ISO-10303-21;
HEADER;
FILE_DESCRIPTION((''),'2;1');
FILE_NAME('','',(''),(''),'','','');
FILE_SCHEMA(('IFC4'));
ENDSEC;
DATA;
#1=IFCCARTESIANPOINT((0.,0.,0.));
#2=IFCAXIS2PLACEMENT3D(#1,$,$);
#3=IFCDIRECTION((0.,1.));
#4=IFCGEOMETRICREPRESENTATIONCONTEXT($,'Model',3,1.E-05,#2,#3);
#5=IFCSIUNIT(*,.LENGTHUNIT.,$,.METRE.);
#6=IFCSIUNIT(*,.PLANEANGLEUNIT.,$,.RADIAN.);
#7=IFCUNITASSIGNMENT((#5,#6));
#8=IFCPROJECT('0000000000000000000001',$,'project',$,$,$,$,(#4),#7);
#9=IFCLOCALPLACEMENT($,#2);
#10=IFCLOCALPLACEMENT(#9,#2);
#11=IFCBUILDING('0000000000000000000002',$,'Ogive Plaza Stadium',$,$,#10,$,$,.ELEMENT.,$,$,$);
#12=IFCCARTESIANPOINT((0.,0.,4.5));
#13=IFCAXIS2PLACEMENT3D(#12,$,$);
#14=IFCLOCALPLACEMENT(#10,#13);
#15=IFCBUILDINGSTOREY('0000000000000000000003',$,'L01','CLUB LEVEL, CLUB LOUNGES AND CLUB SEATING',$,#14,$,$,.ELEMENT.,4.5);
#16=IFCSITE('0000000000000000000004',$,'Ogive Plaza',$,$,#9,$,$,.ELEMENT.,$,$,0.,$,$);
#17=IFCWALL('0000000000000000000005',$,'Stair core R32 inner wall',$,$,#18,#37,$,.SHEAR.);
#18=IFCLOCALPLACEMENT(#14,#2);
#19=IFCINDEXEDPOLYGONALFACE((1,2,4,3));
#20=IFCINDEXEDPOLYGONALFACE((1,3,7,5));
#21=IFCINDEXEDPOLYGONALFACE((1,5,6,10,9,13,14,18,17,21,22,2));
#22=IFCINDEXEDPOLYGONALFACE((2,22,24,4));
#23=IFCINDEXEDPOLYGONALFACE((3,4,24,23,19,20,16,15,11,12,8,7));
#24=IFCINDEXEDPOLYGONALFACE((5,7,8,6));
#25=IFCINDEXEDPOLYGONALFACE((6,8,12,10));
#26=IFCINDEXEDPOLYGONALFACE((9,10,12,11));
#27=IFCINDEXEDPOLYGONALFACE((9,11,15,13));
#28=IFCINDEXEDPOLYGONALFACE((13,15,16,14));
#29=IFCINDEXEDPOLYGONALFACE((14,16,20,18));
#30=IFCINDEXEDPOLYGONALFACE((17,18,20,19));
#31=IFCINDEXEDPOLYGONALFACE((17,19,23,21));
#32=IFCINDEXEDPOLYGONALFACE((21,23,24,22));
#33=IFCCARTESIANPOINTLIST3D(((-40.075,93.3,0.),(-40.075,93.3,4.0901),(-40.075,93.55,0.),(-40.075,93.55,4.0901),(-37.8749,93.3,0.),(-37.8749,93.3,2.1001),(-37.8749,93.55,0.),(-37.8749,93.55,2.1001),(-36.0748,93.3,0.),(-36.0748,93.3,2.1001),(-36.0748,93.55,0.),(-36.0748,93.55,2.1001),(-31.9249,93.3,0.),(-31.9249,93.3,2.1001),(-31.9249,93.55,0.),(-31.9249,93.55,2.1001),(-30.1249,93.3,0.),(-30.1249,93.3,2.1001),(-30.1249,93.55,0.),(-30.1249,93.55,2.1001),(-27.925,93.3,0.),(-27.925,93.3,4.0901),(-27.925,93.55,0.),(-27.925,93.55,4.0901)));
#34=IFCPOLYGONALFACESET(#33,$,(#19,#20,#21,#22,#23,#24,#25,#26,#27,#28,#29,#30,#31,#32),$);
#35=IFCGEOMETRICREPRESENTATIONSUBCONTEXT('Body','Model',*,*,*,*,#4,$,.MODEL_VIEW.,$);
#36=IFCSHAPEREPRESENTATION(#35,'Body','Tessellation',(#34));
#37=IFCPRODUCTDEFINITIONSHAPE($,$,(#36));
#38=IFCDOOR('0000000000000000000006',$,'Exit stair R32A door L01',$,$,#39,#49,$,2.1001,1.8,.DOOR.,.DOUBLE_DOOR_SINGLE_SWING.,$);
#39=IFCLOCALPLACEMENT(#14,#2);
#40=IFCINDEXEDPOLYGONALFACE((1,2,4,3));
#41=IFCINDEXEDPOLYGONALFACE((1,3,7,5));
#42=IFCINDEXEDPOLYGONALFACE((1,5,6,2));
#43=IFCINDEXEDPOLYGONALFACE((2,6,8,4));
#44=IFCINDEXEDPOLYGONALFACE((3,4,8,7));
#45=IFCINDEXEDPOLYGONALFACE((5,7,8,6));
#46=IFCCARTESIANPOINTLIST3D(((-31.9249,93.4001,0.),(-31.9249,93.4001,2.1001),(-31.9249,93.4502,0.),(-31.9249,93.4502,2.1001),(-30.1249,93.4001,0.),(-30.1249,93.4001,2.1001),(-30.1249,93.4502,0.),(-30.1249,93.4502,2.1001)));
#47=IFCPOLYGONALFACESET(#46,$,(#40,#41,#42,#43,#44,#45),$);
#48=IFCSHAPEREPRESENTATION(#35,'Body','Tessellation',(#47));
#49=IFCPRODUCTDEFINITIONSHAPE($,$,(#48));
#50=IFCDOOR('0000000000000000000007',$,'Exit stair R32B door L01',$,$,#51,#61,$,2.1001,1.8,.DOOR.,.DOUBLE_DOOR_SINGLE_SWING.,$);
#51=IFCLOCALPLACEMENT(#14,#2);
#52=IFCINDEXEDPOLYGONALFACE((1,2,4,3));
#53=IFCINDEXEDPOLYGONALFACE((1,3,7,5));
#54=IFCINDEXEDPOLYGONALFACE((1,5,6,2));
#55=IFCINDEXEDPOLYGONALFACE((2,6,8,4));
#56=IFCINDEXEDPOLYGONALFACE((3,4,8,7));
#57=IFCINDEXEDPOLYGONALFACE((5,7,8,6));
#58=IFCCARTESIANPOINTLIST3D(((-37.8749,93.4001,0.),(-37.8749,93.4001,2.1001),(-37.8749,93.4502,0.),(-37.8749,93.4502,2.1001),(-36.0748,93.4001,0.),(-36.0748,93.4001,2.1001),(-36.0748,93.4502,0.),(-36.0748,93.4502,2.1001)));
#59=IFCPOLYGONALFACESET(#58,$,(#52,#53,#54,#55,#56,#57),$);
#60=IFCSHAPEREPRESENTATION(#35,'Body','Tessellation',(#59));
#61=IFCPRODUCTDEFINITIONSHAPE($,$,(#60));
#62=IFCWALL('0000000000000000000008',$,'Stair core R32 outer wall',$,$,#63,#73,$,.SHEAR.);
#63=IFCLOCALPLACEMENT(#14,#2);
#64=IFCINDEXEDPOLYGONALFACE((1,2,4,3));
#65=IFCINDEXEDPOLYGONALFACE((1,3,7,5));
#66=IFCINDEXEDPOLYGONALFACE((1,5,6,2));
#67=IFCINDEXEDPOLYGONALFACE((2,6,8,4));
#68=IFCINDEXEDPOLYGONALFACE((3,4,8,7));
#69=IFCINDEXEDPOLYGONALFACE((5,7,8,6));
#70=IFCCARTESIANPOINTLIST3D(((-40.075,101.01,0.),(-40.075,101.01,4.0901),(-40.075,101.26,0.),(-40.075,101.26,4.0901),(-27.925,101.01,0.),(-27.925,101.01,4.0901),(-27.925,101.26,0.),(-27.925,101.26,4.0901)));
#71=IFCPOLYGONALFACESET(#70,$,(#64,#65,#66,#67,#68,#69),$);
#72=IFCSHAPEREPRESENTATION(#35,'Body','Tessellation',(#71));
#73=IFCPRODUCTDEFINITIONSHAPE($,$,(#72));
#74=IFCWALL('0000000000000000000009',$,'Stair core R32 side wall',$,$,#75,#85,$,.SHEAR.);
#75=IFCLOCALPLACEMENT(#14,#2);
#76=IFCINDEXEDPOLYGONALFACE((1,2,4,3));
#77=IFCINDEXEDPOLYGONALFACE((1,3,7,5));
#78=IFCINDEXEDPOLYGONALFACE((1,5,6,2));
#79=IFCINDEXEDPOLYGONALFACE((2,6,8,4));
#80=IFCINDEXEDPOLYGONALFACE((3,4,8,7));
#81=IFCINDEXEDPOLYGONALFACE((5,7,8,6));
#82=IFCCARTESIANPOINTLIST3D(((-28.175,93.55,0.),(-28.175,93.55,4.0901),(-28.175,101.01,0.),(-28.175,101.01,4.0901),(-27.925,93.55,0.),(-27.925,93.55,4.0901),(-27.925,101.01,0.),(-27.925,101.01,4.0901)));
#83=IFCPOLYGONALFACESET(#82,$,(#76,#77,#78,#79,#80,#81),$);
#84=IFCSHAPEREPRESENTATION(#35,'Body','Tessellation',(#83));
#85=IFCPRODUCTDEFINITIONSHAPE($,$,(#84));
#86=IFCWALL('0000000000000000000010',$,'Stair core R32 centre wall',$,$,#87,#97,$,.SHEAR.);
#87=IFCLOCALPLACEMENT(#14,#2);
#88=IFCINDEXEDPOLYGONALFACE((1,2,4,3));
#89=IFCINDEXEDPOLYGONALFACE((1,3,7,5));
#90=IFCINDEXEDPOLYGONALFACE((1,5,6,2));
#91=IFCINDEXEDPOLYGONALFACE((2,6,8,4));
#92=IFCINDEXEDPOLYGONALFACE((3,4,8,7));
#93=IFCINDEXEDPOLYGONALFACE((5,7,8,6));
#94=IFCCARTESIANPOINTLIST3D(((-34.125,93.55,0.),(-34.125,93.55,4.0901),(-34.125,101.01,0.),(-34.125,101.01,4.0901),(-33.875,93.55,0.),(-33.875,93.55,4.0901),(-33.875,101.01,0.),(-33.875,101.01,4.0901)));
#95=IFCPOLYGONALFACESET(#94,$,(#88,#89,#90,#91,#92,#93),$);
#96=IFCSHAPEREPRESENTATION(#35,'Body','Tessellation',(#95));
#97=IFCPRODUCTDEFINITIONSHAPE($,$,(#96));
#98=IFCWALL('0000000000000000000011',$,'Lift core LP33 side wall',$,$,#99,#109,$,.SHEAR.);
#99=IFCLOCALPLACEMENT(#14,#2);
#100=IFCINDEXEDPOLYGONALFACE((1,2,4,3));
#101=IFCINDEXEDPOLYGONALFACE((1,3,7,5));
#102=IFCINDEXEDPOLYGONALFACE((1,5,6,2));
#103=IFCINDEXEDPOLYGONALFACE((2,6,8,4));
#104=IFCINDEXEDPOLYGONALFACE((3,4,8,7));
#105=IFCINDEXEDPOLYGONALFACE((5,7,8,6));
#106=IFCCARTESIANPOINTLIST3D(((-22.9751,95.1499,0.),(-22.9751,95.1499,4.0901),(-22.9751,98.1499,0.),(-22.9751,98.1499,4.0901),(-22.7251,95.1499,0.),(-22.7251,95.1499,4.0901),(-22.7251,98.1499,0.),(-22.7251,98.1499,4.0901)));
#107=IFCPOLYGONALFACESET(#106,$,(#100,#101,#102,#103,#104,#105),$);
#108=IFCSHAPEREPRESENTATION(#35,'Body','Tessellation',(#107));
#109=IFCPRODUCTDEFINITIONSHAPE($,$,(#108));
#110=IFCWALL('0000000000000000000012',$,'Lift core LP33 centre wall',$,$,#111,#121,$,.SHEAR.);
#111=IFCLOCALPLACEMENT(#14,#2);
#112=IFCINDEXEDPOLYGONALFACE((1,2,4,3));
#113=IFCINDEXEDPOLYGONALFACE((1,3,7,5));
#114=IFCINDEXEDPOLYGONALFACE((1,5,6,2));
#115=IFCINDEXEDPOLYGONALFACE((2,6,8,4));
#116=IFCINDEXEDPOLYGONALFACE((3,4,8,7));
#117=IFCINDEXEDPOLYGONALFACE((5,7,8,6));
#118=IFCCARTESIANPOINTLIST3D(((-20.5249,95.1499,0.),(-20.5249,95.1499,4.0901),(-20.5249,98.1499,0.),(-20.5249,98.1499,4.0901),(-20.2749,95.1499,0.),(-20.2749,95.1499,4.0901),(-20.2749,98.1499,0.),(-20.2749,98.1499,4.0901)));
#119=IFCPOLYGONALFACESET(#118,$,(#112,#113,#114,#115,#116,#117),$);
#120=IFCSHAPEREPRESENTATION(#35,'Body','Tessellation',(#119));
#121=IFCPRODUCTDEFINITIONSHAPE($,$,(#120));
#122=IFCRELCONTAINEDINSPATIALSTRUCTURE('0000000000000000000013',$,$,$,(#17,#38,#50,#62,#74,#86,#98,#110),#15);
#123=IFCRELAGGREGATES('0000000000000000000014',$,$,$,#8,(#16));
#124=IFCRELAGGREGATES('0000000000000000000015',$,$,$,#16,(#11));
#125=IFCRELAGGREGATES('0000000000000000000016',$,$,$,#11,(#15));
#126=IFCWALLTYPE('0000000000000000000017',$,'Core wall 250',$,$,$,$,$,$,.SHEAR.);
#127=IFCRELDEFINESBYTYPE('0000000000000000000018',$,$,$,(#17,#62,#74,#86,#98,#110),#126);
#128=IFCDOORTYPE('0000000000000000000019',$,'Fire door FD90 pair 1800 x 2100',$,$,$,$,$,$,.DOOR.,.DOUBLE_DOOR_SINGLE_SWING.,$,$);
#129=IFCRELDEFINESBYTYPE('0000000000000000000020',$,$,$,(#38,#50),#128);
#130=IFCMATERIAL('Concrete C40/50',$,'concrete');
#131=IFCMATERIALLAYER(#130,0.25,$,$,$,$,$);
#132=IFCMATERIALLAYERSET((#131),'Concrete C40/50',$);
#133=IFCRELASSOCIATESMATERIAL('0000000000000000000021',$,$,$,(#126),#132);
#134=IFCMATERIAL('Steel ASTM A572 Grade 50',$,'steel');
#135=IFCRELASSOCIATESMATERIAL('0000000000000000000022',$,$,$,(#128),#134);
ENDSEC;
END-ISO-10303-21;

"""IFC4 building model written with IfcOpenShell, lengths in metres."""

from ifc_helpers import new_model, si_unit, direction, frame, frame_2d, origin, place, context, subcontext, project, spatial, rectangle, extrude, material, layer, layer_set, type_object, element, fill, save


model = new_model("IFC4")

# Units and contexts
model_context = context("Model", 3, precision=1e-05, world=origin(), true_north=direction((0.0, 1.0)))
body_context = subcontext(model_context, "Body", "Model", "MODEL_VIEW")
ifc_project = project(units=[si_unit("LENGTHUNIT", "METRE"), si_unit("PLANEANGLEUNIT", "RADIAN")], contexts=[model_context])

# Site, building, storey
site_placement = place(None, origin())
site = spatial("IfcSite", under=ifc_project, at=site_placement, Name="Ogive Plaza", CompositionType="ELEMENT", RefElevation=0.0)
building_placement = place(site_placement, origin())
building = spatial("IfcBuilding", under=site, at=building_placement, Name="Ogive Plaza Stadium", CompositionType="ELEMENT")
storey_placement = place(building_placement, frame((0.0, 0.0, 4.5)))
storey = spatial("IfcBuildingStorey", under=building, at=storey_placement, Name="L01", Description="CLUB LEVEL, CLUB LOUNGES AND CLUB SEATING", CompositionType="ELEMENT", Elevation=4.5)

# Wall, openings, doors
ifc_material_1 = material(Name="Concrete C40/50", Category="concrete")
ifc_layer_1 = layer(ifc_material_1, 0.25)
ifc_layer_set_1 = layer_set([ifc_layer_1], Name="Concrete C40/50")
wall_type = type_object("IfcWallType", Name="Core wall 250", PredefinedType="SHEAR", material=ifc_layer_set_1)
wall_1_placement = place(storey_placement, frame((-27.925, 93.425, 0.0), z_axis=(0.0, 0.0, 1.0), x_axis=(-1.0, 0.0, 0.0)))
wall_1 = element("IfcWall", 1, at=wall_1_placement, inside=storey, type_object=wall_type, Name="Stair core R32 inner wall", PredefinedType="SHEAR", context=body_context, shape_type="SweptSolid", body=[
    extrude(rectangle(XDim=12.1499, YDim=0.25, at=frame_2d((6.075, 0.0))), origin(), (0.0, 0.0, 1.0), 4.0901),
])
opening_1_placement = place(wall_1_placement, frame((2.2, 0.0, 0.0)))
opening_1 = element("IfcOpeningElement", 2, at=opening_1_placement, cuts=wall_1, PredefinedType="OPENING", context=body_context, shape_type="SweptSolid", body=[
    extrude(rectangle(XDim=1.8, YDim=2.1001, at=frame_2d((0.8999, 1.05))), frame((0.0, 0.125, 0.0), z_axis=(0.0, -1.0, 0.0), x_axis=(1.0, 0.0, 0.0)), (0.0, 0.0, 1.0), 0.25),
])
opening_2_placement = place(wall_1_placement, frame((8.1499, 0.0, 0.0)))
opening_2 = element("IfcOpeningElement", 3, at=opening_2_placement, cuts=wall_1, PredefinedType="OPENING", context=body_context, shape_type="SweptSolid", body=[
    extrude(rectangle(XDim=1.8, YDim=2.1001, at=frame_2d((0.8999, 1.05))), frame((0.0, 0.125, 0.0), z_axis=(0.0, -1.0, 0.0), x_axis=(1.0, 0.0, 0.0)), (0.0, 0.0, 1.0), 0.25),
])
ifc_material_2 = material(Name="Steel ASTM A572 Grade 50", Category="steel")
door_type = type_object("IfcDoorType", Name="Fire door FD90 pair 1800 x 2100", OperationType="DOUBLE_DOOR_SINGLE_SWING", PredefinedType="DOOR", material=ifc_material_2)
door_1_placement = place(opening_1_placement, origin())
door_1 = element("IfcDoor", 4, at=door_1_placement, inside=storey, type_object=door_type, Name="Exit stair R32A door L01", OperationType="DOUBLE_DOOR_SINGLE_SWING", OverallHeight=2.1001, OverallWidth=1.8, PredefinedType="DOOR", context=body_context, shape_type="SweptSolid", body=[
    extrude(rectangle(XDim=1.8, YDim=2.1001, at=frame_2d((0.8999, 1.05))), frame((0.0, 0.0249, 0.0), z_axis=(0.0, -1.0, 0.0), x_axis=(1.0, 0.0, 0.0)), (0.0, 0.0, 1.0), 0.05),
])
fill(opening_1, door_1)
door_2_placement = place(opening_2_placement, origin())
door_2 = element("IfcDoor", 5, at=door_2_placement, inside=storey, type_object=door_type, Name="Exit stair R32B door L01", OperationType="DOUBLE_DOOR_SINGLE_SWING", OverallHeight=2.1001, OverallWidth=1.8, PredefinedType="DOOR", context=body_context, shape_type="SweptSolid", body=[
    extrude(rectangle(XDim=1.8, YDim=2.1001, at=frame_2d((0.8999, 1.05))), frame((0.0, 0.0249, 0.0), z_axis=(0.0, -1.0, 0.0), x_axis=(1.0, 0.0, 0.0)), (0.0, 0.0, 1.0), 0.05),
])
fill(opening_2, door_2)

# Walls
wall_2_placement = place(storey_placement, frame((-27.925, 101.135, 0.0), z_axis=(0.0, 0.0, 1.0), x_axis=(-1.0, 0.0, 0.0)))
element("IfcWall", 6, at=wall_2_placement, inside=storey, type_object=wall_type, Name="Stair core R32 outer wall", PredefinedType="SHEAR", context=body_context, shape_type="SweptSolid", body=[
    extrude(rectangle(XDim=12.1499, YDim=0.25, at=frame_2d((6.075, 0.0))), origin(), (0.0, 0.0, 1.0), 4.0901),
])
for number, where, z_axis, x_axis, name in (
    (7, (-28.05, 93.55, 0.0), (0.0, 0.0, 1.0), (0.0, 1.0, 0.0), "Stair core R32 side wall"),
    (8, (-34.0, 93.55, 0.0), (0.0, 0.0, 1.0), (0.0, 1.0, 0.0), "Stair core R32 centre wall"),
):
    element("IfcWall", number, at=place(storey_placement, frame(where, z_axis=z_axis, x_axis=x_axis)), inside=storey, type_object=wall_type, Name=name, PredefinedType="SHEAR", context=body_context, shape_type="SweptSolid", body=[
        extrude(rectangle(XDim=7.46, YDim=0.25, at=frame_2d((3.73, 0.0))), origin(), (0.0, 0.0, 1.0), 4.0901),
    ])
for number, where, z_axis, x_axis, name in (
    (9, (-22.8501, 95.1499, 0.0), (0.0, 0.0, 1.0), (0.0, 1.0, 0.0), "Lift core LP33 side wall"),
    (10, (-20.3999, 95.1499, 0.0), (0.0, 0.0, 1.0), (0.0, 1.0, 0.0), "Lift core LP33 centre wall"),
):
    element("IfcWall", number, at=place(storey_placement, frame(where, z_axis=z_axis, x_axis=x_axis)), inside=storey, type_object=wall_type, Name=name, PredefinedType="SHEAR", context=body_context, shape_type="SweptSolid", body=[
        extrude(rectangle(XDim=3.0, YDim=0.25, at=frame_2d((1.5, 0.0))), origin(), (0.0, 0.0, 1.0), 4.0901),
    ])

save(model, "model.ifc")
